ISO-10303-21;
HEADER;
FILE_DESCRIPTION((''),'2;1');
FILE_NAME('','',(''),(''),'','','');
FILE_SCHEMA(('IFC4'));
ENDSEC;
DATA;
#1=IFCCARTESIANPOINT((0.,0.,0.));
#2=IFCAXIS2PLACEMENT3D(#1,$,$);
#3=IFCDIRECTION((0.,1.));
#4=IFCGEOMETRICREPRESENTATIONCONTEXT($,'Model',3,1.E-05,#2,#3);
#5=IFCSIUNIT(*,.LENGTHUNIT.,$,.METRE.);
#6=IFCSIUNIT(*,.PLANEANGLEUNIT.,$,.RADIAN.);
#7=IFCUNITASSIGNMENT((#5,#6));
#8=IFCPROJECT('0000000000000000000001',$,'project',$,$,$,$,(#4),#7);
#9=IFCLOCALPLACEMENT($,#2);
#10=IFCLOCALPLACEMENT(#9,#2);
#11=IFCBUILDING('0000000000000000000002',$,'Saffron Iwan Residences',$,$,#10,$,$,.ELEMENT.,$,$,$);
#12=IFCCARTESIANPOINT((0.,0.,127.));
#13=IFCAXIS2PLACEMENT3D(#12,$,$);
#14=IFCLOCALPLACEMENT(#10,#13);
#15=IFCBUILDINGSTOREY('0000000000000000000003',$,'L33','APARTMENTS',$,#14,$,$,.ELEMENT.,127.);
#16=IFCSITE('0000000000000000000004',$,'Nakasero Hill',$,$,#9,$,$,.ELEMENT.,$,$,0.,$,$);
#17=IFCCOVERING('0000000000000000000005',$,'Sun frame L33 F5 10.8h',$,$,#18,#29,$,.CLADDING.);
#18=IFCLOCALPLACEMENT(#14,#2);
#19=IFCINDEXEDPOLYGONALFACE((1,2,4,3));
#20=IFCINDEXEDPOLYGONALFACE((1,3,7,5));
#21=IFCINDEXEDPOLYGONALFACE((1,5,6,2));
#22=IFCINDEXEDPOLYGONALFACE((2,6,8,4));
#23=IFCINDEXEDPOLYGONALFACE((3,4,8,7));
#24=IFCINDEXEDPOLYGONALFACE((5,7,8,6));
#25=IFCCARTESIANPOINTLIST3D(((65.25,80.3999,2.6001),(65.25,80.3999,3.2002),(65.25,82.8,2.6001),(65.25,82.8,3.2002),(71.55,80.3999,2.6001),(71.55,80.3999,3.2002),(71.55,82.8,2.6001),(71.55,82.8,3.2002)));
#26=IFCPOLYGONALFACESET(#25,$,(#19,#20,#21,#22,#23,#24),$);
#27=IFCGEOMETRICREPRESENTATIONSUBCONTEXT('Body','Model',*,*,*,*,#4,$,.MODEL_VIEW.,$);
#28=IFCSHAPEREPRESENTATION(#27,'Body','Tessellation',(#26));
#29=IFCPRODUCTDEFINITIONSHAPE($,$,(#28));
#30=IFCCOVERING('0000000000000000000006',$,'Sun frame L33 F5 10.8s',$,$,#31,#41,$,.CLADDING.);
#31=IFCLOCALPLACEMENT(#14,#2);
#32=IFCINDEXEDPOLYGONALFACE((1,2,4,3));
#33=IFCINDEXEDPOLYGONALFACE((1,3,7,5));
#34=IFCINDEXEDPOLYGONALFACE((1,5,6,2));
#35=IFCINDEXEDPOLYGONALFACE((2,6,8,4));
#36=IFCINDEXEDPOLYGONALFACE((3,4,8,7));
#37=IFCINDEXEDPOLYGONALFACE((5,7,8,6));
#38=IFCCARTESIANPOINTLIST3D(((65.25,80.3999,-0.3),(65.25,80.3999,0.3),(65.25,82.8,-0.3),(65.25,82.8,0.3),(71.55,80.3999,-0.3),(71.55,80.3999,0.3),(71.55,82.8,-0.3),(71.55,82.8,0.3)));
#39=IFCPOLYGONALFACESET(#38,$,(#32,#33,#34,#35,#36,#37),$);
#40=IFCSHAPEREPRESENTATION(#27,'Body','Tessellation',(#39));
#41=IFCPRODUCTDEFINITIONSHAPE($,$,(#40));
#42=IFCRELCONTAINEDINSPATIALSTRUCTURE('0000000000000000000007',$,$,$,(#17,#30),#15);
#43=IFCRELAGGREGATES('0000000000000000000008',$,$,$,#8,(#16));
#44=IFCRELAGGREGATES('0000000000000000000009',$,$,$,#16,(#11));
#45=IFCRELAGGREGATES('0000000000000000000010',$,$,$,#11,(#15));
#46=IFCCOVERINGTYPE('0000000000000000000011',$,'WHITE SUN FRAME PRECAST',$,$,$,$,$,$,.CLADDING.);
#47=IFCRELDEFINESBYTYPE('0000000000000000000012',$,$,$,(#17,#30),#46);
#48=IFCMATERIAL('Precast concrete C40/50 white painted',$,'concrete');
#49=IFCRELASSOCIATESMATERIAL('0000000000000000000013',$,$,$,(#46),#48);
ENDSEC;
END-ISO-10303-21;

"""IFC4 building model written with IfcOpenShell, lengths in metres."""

from ifc_helpers import new_model, si_unit, direction, frame, origin, place, context, subcontext, project, spatial, polyline, outline, extrude, material, type_object, element, save


model = new_model("IFC4")

# Units and contexts
model_context = context("Model", 3, precision=1e-05, world=origin(), true_north=direction((0.0, 1.0)))
body_context = subcontext(model_context, "Body", "Model", "MODEL_VIEW")
ifc_project = project(units=[si_unit("LENGTHUNIT", "METRE"), si_unit("PLANEANGLEUNIT", "RADIAN")], contexts=[model_context])

# Site, building, storey
site_placement = place(None, origin())
site = spatial("IfcSite", under=ifc_project, at=site_placement, Name="Nakasero Hill", CompositionType="ELEMENT", RefElevation=0.0)
building_placement = place(site_placement, origin())
building = spatial("IfcBuilding", under=site, at=building_placement, Name="Saffron Iwan Residences", CompositionType="ELEMENT")
storey_placement = place(building_placement, frame((0.0, 0.0, 127.0)))
storey = spatial("IfcBuildingStorey", under=building, at=storey_placement, Name="L33", Description="APARTMENTS", CompositionType="ELEMENT", Elevation=127.0)

# Coverings
ifc_material_1 = material(Name="Precast concrete C40/50 white painted", Category="concrete")
covering_type_1 = type_object("IfcCoveringType", Name="WHITE SUN FRAME PRECAST", PredefinedType="CLADDING", material=ifc_material_1)
for number, where, z_axis, x_axis, name in (
    (1, (71.55, 80.3999, 2.6001), (0.0, 1.0, 0.0), (-1.0, 0.0, 0.0), "Sun frame L33 F5 10.8h"),
    (2, (71.55, 80.3999, -0.3), (0.0, 1.0, 0.0), (-1.0, 0.0, 0.0), "Sun frame L33 F5 10.8s"),
):
    element("IfcCovering", number, at=place(storey_placement, frame(where, z_axis=z_axis, x_axis=x_axis)), inside=storey, type_object=covering_type_1, Name=name, PredefinedType="CLADDING", context=body_context, shape_type="SweptSolid", body=[
        extrude(outline(polyline([(0.0, 0.0), (6.3, 0.0), (6.3, 0.6001), (0.0, 0.6001), (0.0, 0.0)])), origin(), (0.0, 0.0, 1.0), 2.4001),
    ])

save(model, "model.ifc")
